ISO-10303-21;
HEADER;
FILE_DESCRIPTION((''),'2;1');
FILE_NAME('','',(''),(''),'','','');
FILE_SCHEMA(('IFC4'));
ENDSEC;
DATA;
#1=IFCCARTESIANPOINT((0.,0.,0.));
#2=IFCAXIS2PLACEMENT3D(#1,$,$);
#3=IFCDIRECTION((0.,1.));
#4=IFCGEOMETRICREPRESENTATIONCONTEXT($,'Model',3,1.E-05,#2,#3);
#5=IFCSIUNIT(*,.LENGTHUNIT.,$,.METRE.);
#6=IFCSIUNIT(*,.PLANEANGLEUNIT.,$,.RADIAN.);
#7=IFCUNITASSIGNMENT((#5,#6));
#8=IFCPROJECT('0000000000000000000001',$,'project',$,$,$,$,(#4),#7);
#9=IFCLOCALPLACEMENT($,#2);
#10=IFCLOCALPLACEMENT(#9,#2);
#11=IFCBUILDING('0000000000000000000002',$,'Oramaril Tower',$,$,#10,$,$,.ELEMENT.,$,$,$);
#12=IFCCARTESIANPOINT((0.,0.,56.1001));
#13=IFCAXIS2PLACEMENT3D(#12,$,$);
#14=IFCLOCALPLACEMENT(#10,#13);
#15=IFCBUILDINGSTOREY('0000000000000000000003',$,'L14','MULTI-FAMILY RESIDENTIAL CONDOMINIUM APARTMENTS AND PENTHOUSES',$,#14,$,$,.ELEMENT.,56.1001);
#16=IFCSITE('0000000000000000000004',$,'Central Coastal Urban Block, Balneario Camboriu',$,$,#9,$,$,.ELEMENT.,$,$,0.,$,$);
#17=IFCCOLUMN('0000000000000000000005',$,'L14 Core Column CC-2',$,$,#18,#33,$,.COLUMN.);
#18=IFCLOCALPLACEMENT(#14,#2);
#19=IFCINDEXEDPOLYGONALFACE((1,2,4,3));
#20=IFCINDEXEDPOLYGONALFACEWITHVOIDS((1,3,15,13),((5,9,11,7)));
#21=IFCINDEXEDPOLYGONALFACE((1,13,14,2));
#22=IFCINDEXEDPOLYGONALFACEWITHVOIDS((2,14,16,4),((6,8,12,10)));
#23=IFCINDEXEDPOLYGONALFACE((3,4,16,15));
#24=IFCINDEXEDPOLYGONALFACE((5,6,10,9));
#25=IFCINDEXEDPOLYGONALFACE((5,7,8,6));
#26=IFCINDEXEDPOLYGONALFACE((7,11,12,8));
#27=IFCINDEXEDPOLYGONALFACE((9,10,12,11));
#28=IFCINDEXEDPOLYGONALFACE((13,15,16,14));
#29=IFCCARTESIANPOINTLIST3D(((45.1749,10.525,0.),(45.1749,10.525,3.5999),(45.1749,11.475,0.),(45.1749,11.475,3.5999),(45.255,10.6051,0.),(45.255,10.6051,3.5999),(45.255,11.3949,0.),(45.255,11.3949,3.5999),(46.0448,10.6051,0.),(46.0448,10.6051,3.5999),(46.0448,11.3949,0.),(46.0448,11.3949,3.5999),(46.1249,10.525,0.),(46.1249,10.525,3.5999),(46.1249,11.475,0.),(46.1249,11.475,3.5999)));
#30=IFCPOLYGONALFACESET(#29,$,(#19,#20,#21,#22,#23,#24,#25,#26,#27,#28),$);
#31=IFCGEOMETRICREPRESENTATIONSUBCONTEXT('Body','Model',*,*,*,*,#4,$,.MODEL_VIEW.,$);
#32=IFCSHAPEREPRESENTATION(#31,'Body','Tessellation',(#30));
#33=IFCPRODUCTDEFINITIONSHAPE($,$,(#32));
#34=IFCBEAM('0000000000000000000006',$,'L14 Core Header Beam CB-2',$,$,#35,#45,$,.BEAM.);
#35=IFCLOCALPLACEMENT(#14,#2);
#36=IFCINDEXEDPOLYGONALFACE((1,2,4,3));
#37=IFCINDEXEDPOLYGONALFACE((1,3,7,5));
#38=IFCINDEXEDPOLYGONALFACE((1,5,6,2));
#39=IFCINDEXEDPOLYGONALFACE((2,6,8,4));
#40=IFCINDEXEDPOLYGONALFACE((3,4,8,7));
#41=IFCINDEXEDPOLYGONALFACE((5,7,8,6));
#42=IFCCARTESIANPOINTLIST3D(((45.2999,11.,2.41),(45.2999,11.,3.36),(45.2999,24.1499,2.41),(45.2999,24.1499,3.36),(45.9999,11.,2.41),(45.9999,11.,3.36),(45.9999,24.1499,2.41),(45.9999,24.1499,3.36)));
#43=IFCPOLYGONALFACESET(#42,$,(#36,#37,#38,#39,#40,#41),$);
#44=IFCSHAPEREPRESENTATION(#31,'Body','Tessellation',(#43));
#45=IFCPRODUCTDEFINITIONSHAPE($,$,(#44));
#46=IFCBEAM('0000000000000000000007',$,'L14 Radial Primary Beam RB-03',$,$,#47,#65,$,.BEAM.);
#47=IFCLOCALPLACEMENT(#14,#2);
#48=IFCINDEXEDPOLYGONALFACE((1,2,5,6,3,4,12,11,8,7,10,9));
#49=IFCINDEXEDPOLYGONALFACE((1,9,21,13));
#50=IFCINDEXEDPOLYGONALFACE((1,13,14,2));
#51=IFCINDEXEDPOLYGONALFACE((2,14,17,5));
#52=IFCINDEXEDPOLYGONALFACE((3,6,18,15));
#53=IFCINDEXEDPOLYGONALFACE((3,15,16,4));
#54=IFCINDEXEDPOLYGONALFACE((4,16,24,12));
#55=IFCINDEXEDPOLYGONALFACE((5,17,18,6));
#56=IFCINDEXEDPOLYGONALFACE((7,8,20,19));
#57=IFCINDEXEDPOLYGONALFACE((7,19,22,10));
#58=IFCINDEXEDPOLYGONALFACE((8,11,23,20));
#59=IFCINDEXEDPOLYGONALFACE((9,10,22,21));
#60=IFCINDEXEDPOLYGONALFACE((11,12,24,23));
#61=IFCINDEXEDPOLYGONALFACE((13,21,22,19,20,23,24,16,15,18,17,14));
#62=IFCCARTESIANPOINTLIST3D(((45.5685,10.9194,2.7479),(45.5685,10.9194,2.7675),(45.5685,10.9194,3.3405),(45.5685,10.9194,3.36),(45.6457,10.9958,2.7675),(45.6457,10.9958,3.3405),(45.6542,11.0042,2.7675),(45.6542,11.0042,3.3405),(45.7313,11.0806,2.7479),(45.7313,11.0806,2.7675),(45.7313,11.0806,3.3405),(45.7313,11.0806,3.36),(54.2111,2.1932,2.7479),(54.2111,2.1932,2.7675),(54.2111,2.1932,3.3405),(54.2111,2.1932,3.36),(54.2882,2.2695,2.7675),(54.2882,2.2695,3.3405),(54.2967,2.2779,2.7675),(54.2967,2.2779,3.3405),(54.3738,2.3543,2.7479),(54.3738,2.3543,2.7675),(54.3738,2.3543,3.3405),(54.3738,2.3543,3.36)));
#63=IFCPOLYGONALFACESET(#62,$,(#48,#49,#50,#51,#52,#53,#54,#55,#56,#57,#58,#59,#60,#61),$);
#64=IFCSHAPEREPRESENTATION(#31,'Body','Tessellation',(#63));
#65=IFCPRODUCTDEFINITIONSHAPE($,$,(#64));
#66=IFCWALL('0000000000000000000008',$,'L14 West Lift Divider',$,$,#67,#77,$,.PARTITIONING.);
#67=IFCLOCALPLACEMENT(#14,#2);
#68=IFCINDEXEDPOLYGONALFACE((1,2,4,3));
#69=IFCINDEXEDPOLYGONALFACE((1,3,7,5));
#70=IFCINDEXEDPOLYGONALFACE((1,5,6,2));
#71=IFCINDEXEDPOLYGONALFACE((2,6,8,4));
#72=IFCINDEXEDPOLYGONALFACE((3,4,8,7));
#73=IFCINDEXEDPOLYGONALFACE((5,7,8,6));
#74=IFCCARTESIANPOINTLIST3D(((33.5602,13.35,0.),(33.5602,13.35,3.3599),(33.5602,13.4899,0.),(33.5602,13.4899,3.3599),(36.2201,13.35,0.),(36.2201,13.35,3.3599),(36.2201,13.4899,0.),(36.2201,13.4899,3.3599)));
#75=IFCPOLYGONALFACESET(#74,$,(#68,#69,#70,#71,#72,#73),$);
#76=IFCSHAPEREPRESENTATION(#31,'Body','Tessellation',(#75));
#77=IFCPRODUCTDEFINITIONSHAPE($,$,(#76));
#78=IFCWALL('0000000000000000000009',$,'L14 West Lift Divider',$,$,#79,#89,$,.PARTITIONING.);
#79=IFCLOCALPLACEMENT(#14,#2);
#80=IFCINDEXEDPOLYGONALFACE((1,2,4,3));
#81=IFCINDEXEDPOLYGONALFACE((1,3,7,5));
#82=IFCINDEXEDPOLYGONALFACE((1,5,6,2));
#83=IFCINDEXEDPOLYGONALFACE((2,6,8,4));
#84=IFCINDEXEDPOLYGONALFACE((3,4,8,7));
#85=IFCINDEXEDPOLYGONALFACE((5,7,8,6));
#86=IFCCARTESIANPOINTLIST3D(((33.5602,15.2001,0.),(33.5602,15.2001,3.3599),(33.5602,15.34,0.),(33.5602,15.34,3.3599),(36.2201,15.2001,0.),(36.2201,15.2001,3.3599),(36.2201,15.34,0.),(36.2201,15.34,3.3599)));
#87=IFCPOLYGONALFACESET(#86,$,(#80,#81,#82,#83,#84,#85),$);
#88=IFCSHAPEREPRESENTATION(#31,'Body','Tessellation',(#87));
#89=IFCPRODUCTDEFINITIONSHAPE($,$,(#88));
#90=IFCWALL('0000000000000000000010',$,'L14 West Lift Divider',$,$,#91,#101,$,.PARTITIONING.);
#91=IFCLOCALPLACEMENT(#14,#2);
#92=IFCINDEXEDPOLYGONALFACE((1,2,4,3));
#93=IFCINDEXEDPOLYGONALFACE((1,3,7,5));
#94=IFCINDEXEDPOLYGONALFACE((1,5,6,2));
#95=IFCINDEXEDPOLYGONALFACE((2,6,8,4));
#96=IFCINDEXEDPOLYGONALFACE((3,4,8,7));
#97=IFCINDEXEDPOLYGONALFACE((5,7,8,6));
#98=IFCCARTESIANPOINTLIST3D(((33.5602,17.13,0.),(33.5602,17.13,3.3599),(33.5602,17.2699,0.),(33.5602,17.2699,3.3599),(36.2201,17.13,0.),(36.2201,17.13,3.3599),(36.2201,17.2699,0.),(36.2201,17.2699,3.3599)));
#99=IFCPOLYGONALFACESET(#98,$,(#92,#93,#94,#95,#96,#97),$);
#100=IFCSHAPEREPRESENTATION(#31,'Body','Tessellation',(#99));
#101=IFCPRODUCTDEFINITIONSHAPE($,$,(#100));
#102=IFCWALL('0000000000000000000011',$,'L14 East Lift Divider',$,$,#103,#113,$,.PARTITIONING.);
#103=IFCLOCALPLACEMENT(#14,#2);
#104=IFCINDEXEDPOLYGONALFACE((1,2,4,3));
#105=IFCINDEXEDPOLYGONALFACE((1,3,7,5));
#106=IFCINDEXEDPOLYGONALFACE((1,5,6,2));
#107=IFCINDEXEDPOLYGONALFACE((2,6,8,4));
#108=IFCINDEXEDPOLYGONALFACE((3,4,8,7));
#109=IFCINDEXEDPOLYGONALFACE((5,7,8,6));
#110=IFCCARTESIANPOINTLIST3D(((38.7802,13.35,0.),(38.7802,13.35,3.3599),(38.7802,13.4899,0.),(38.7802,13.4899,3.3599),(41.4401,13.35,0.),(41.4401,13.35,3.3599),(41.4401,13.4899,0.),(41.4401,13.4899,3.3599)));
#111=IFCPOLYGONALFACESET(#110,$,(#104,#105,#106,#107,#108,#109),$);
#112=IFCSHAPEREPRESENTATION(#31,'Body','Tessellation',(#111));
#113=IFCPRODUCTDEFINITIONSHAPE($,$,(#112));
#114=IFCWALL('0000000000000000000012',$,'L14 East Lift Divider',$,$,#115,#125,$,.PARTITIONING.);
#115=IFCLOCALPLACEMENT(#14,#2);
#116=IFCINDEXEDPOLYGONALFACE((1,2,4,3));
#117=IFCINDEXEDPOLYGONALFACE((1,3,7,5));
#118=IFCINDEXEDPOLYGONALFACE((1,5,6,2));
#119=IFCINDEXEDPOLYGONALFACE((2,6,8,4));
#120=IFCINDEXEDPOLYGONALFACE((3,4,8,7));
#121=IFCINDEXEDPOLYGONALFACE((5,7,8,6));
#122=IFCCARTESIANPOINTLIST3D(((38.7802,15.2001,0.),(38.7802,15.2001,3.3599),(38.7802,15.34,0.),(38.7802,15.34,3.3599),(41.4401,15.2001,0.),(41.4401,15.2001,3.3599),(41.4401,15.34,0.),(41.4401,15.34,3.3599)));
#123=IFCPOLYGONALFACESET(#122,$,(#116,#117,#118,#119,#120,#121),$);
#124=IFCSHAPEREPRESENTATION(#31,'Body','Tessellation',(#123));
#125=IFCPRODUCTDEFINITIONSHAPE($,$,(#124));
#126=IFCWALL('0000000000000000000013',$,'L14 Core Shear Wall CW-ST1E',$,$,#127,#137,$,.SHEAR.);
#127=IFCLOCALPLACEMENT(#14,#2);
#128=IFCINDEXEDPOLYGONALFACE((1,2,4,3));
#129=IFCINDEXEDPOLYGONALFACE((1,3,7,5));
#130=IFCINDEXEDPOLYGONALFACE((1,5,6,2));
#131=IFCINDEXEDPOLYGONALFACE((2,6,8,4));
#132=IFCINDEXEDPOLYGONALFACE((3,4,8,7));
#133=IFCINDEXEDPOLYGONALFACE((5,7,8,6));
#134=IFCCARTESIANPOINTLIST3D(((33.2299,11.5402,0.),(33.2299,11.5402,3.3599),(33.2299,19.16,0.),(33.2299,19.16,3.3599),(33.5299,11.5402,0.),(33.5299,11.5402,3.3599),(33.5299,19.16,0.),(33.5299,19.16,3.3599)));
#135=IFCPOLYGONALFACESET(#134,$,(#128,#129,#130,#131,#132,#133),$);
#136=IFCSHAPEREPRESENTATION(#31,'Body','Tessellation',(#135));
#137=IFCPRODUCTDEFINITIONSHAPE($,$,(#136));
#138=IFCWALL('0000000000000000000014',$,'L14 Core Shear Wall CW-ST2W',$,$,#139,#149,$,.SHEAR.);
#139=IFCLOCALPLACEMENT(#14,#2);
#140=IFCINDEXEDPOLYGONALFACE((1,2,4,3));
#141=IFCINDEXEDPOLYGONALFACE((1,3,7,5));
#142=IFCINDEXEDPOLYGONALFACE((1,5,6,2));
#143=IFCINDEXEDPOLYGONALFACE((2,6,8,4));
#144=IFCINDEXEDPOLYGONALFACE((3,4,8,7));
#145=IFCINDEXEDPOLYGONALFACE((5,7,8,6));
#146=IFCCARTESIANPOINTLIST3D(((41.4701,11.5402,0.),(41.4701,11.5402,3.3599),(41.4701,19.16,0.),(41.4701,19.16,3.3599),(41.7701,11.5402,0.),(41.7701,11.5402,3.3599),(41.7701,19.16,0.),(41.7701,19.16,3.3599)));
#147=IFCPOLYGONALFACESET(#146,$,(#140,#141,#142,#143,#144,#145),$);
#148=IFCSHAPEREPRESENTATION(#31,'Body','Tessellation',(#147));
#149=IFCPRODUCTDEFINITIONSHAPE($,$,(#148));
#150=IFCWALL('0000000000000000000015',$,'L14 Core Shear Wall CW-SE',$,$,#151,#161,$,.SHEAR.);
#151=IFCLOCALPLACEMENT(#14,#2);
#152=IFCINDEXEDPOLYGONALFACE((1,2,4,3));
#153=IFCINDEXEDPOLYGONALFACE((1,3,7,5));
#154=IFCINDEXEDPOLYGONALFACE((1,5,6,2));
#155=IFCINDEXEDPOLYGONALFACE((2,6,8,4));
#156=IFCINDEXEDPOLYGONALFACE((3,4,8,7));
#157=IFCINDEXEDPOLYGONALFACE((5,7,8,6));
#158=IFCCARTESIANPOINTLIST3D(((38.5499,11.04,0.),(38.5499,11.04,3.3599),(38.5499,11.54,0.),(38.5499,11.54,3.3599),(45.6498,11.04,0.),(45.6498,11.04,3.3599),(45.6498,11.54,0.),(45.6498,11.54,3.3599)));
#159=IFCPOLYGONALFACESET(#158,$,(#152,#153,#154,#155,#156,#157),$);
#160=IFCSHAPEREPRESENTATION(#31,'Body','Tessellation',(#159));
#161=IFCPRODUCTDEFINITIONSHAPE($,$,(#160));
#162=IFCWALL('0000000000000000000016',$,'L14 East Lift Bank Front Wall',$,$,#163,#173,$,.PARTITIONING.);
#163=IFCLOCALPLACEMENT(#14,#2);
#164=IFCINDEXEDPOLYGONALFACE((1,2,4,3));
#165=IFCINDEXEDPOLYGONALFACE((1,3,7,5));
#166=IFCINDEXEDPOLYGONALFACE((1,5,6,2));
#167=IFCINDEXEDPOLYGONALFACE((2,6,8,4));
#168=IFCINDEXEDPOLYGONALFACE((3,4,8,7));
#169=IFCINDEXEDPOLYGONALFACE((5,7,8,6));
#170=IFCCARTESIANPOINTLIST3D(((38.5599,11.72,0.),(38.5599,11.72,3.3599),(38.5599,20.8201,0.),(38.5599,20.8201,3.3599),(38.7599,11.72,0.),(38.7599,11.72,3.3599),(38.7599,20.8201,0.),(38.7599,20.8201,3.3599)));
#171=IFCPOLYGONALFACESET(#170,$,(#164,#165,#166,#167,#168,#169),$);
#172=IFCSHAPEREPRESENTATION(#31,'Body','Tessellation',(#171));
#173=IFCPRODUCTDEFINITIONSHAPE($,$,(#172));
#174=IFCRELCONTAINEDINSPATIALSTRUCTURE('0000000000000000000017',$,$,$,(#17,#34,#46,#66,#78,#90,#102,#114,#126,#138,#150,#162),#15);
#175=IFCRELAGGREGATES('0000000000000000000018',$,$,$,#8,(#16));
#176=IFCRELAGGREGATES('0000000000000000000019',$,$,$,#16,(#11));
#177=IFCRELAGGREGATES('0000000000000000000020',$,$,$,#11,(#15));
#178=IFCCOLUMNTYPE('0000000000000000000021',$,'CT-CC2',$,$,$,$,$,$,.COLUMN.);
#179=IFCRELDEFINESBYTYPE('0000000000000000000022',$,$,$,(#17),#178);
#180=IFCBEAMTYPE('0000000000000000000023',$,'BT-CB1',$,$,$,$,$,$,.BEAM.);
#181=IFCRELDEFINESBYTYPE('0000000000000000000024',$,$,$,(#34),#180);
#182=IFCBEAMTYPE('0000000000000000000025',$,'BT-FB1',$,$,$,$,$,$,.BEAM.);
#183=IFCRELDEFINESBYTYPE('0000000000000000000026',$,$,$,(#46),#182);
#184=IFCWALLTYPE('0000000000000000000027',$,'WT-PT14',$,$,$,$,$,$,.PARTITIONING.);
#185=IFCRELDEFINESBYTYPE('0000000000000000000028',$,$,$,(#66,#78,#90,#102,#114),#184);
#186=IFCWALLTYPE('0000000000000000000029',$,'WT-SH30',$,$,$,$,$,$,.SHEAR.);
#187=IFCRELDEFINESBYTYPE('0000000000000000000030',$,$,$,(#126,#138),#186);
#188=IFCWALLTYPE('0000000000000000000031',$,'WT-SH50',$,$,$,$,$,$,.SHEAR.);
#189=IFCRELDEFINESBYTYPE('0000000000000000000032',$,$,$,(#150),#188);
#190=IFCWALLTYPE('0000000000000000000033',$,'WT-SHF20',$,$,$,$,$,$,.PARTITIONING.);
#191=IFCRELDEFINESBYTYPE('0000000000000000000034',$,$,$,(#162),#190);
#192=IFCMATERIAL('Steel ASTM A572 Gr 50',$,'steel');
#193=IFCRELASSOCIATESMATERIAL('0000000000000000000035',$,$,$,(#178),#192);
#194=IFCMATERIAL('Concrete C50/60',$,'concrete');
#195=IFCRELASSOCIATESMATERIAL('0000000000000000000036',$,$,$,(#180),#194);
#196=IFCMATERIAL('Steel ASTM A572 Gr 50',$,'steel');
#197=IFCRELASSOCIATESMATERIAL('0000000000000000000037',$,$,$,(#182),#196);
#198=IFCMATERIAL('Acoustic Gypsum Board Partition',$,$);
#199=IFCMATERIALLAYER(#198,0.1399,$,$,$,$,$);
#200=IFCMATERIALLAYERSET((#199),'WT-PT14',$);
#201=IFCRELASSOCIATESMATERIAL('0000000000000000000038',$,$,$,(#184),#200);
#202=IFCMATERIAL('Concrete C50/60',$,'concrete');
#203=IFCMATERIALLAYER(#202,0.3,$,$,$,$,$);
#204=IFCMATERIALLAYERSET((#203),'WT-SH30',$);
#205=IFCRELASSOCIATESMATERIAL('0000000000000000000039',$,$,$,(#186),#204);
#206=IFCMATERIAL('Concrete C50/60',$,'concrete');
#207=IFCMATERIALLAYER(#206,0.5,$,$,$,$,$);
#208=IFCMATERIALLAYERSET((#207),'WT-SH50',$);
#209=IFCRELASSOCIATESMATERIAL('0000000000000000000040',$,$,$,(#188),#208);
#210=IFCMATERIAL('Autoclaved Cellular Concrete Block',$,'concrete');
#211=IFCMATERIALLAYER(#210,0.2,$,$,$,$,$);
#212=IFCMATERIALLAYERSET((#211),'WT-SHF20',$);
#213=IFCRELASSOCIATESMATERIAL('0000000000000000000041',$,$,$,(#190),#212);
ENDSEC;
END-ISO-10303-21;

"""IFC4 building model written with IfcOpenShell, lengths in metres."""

from ifc_helpers import new_model, si_unit, direction, frame, frame_2d, origin, origin_2d, place, context, subcontext, project, spatial, rectangle, hollow_rectangle, i_section, extrude, material, layer, layer_set, material_profile, profile_set, type_object, element, save


model = new_model("IFC4")

# Units and contexts
model_context = context("Model", 3, precision=1e-05, world=origin(), true_north=direction((0.0, 1.0)))
body_context = subcontext(model_context, "Body", "Model", "MODEL_VIEW")
ifc_project = project(units=[si_unit("LENGTHUNIT", "METRE"), si_unit("PLANEANGLEUNIT", "RADIAN")], contexts=[model_context])

# Site, building, storey
site_placement = place(None, origin())
site = spatial("IfcSite", under=ifc_project, at=site_placement, Name="Central Coastal Urban Block, Balneario Camboriu", CompositionType="ELEMENT", RefElevation=0.0)
building_placement = place(site_placement, origin())
building = spatial("IfcBuilding", under=site, at=building_placement, Name="Oramaril Tower", CompositionType="ELEMENT")
storey_placement = place(building_placement, frame((0.0, 0.0, 56.1001)))
storey = spatial("IfcBuildingStorey", under=building, at=storey_placement, Name="L14", Description="MULTI-FAMILY RESIDENTIAL CONDOMINIUM APARTMENTS AND PENTHOUSES", CompositionType="ELEMENT", Elevation=56.1001)

# Column
ifc_material_1 = material(Name="Steel ASTM A572 Gr 50", Category="steel")
ifc_material_profile_1 = material_profile(ifc_material_1, hollow_rectangle(XDim=0.95, YDim=0.95, WallThickness=0.0801, at=origin_2d()), Name="BOX950X950X80")
ifc_profile_set_1 = profile_set([ifc_material_profile_1], Name="Steel ASTM A572 Gr 50")
column_type = type_object("IfcColumnType", Name="CT-CC2", PredefinedType="COLUMN", material=ifc_profile_set_1)
column_placement = place(storey_placement, frame((45.6499, 11.0, 0.0), z_axis=(0.0, 0.0, 1.0), x_axis=(1.0, 0.0, 0.0)))
element("IfcColumn", 1, at=column_placement, inside=storey, type_object=column_type, Name="L14 Core Column CC-2", PredefinedType="COLUMN", context=body_context, shape_type="SweptSolid", body=[
    extrude(hollow_rectangle(XDim=0.95, YDim=0.95, WallThickness=0.0801, at=origin_2d()), origin(), (0.0, 0.0, 1.0), 3.5999),
])

# Beams
ifc_material_2 = material(Name="Concrete C50/60", Category="concrete")
ifc_material_profile_2 = material_profile(ifc_material_2, rectangle(XDim=0.7, YDim=0.95, at=origin_2d()), Name="CB700X950")
ifc_profile_set_2 = profile_set([ifc_material_profile_2], Name="Concrete C50/60")
beam_type_1 = type_object("IfcBeamType", Name="BT-CB1", PredefinedType="BEAM", material=ifc_profile_set_2)
beam_1_placement = place(storey_placement, frame((45.6499, 11.0, 2.885), z_axis=(0.0, 1.0, 0.0), x_axis=(-1.0, 0.0, 0.0)))
element("IfcBeam", 2, at=beam_1_placement, inside=storey, type_object=beam_type_1, Name="L14 Core Header Beam CB-2", PredefinedType="BEAM", context=body_context, shape_type="SweptSolid", body=[
    extrude(rectangle(XDim=0.7, YDim=0.95, at=origin_2d()), origin(), (0.0, 0.0, 1.0), 13.1499),
])
ifc_material_3 = material(Name="Steel ASTM A572 Gr 50", Category="steel")
ifc_material_profile_3 = material_profile(ifc_material_3, i_section(OverallWidth=0.229, OverallDepth=0.6121, WebThickness=0.012, FlangeThickness=0.0195, at=origin_2d()), Name="W24X84")
ifc_profile_set_3 = profile_set([ifc_material_profile_3], Name="Steel ASTM A572 Gr 50")
beam_type_2 = type_object("IfcBeamType", Name="BT-FB1", PredefinedType="BEAM", material=ifc_profile_set_3)
beam_2_placement = place(storey_placement, frame((45.6499, 11.0, 3.054), z_axis=(0.703689, -0.710508, 0.0), x_axis=(0.710508, 0.703689, 0.0)))
element("IfcBeam", 3, at=beam_2_placement, inside=storey, type_object=beam_type_2, Name="L14 Radial Primary Beam RB-03", PredefinedType="BEAM", context=body_context, shape_type="SweptSolid", body=[
    extrude(i_section(OverallWidth=0.229, OverallDepth=0.6121, WebThickness=0.012, FlangeThickness=0.0195, at=origin_2d()), origin(), (0.0, 0.0, 1.0), 12.2817),
])

# Walls
ifc_material_4 = material(Name="Acoustic Gypsum Board Partition")
ifc_layer_1 = layer(ifc_material_4, 0.1399)
ifc_layer_set_1 = layer_set([ifc_layer_1], Name="WT-PT14")
wall_type_1 = type_object("IfcWallType", Name="WT-PT14", PredefinedType="PARTITIONING", material=ifc_layer_set_1)
for number, where, z_axis, x_axis, name in (
    (4, (33.5601, 13.4199, 0.0), (0.0, 0.0, 1.0), (1.0, 0.0, 0.0), "L14 West Lift Divider"),
    (5, (33.5601, 15.27, 0.0), (0.0, 0.0, 1.0), (1.0, 0.0, 0.0), "L14 West Lift Divider"),
    (6, (33.5601, 17.2, 0.0), (0.0, 0.0, 1.0), (1.0, 0.0, 0.0), "L14 West Lift Divider"),
    (7, (38.78, 13.4199, 0.0), (0.0, 0.0, 1.0), (1.0, 0.0, 0.0), "L14 East Lift Divider"),
    (8, (38.78, 15.27, 0.0), (0.0, 0.0, 1.0), (1.0, 0.0, 0.0), "L14 East Lift Divider"),
):
    element("IfcWall", number, at=place(storey_placement, frame(where, z_axis=z_axis, x_axis=x_axis)), inside=storey, type_object=wall_type_1, Name=name, PredefinedType="PARTITIONING", context=body_context, shape_type="SweptSolid", body=[
        extrude(rectangle(XDim=2.6599, YDim=0.1399, at=frame_2d((1.3301, 0.0))), origin(), (0.0, 0.0, 1.0), 3.3599),
    ])
ifc_material_5 = material(Name="Concrete C50/60", Category="concrete")
ifc_layer_2 = layer(ifc_material_5, 0.3)
ifc_layer_set_2 = layer_set([ifc_layer_2], Name="WT-SH30")
wall_type_2 = type_object("IfcWallType", Name="WT-SH30", PredefinedType="SHEAR", material=ifc_layer_set_2)
for number, where, z_axis, x_axis, name in (
    (9, (33.3799, 11.54, 0.0), (0.0, 0.0, 1.0), (0.0, 1.0, 0.0), "L14 Core Shear Wall CW-ST1E"),
    (10, (41.6201, 11.54, 0.0), (0.0, 0.0, 1.0), (0.0, 1.0, 0.0), "L14 Core Shear Wall CW-ST2W"),
):
    element("IfcWall", number, at=place(storey_placement, frame(where, z_axis=z_axis, x_axis=x_axis)), inside=storey, type_object=wall_type_2, Name=name, PredefinedType="SHEAR", context=body_context, shape_type="SweptSolid", body=[
        extrude(rectangle(XDim=7.6199, YDim=0.3, at=frame_2d((3.8101, 0.0))), origin(), (0.0, 0.0, 1.0), 3.3599),
    ])
ifc_material_6 = material(Name="Concrete C50/60", Category="concrete")
ifc_layer_3 = layer(ifc_material_6, 0.5)
ifc_layer_set_3 = layer_set([ifc_layer_3], Name="WT-SH50")
wall_type_3 = type_object("IfcWallType", Name="WT-SH50", PredefinedType="SHEAR", material=ifc_layer_set_3)
wall_1_placement = place(storey_placement, frame((38.55, 11.29, 0.0), z_axis=(0.0, 0.0, 1.0), x_axis=(1.0, 0.0, 0.0)))
element("IfcWall", 11, at=wall_1_placement, inside=storey, type_object=wall_type_3, Name="L14 Core Shear Wall CW-SE", PredefinedType="SHEAR", context=body_context, shape_type="SweptSolid", body=[
    extrude(rectangle(XDim=7.0999, YDim=0.5, at=frame_2d((3.5498, 0.0))), origin(), (0.0, 0.0, 1.0), 3.3599),
])

# Shared definitions
ifc_material_7 = material(Name="Autoclaved Cellular Concrete Block", Category="concrete")
ifc_layer_4 = layer(ifc_material_7, 0.2)
ifc_layer_set_4 = layer_set([ifc_layer_4], Name="WT-SHF20")
wall_type_4 = type_object("IfcWallType", Name="WT-SHF20", PredefinedType="PARTITIONING", material=ifc_layer_set_4)

# Wall
wall_2_placement = place(storey_placement, frame((38.6599, 11.72, 0.0), z_axis=(0.0, 0.0, 1.0), x_axis=(0.0, 1.0, 0.0)))
element("IfcWall", 12, at=wall_2_placement, inside=storey, type_object=wall_type_4, Name="L14 East Lift Bank Front Wall", PredefinedType="PARTITIONING", context=body_context, shape_type="SweptSolid", body=[
    extrude(rectangle(XDim=9.1001, YDim=0.2, at=frame_2d((4.55, 0.0))), origin(), (0.0, 0.0, 1.0), 3.3599),
])

save(model, "model.ifc")
